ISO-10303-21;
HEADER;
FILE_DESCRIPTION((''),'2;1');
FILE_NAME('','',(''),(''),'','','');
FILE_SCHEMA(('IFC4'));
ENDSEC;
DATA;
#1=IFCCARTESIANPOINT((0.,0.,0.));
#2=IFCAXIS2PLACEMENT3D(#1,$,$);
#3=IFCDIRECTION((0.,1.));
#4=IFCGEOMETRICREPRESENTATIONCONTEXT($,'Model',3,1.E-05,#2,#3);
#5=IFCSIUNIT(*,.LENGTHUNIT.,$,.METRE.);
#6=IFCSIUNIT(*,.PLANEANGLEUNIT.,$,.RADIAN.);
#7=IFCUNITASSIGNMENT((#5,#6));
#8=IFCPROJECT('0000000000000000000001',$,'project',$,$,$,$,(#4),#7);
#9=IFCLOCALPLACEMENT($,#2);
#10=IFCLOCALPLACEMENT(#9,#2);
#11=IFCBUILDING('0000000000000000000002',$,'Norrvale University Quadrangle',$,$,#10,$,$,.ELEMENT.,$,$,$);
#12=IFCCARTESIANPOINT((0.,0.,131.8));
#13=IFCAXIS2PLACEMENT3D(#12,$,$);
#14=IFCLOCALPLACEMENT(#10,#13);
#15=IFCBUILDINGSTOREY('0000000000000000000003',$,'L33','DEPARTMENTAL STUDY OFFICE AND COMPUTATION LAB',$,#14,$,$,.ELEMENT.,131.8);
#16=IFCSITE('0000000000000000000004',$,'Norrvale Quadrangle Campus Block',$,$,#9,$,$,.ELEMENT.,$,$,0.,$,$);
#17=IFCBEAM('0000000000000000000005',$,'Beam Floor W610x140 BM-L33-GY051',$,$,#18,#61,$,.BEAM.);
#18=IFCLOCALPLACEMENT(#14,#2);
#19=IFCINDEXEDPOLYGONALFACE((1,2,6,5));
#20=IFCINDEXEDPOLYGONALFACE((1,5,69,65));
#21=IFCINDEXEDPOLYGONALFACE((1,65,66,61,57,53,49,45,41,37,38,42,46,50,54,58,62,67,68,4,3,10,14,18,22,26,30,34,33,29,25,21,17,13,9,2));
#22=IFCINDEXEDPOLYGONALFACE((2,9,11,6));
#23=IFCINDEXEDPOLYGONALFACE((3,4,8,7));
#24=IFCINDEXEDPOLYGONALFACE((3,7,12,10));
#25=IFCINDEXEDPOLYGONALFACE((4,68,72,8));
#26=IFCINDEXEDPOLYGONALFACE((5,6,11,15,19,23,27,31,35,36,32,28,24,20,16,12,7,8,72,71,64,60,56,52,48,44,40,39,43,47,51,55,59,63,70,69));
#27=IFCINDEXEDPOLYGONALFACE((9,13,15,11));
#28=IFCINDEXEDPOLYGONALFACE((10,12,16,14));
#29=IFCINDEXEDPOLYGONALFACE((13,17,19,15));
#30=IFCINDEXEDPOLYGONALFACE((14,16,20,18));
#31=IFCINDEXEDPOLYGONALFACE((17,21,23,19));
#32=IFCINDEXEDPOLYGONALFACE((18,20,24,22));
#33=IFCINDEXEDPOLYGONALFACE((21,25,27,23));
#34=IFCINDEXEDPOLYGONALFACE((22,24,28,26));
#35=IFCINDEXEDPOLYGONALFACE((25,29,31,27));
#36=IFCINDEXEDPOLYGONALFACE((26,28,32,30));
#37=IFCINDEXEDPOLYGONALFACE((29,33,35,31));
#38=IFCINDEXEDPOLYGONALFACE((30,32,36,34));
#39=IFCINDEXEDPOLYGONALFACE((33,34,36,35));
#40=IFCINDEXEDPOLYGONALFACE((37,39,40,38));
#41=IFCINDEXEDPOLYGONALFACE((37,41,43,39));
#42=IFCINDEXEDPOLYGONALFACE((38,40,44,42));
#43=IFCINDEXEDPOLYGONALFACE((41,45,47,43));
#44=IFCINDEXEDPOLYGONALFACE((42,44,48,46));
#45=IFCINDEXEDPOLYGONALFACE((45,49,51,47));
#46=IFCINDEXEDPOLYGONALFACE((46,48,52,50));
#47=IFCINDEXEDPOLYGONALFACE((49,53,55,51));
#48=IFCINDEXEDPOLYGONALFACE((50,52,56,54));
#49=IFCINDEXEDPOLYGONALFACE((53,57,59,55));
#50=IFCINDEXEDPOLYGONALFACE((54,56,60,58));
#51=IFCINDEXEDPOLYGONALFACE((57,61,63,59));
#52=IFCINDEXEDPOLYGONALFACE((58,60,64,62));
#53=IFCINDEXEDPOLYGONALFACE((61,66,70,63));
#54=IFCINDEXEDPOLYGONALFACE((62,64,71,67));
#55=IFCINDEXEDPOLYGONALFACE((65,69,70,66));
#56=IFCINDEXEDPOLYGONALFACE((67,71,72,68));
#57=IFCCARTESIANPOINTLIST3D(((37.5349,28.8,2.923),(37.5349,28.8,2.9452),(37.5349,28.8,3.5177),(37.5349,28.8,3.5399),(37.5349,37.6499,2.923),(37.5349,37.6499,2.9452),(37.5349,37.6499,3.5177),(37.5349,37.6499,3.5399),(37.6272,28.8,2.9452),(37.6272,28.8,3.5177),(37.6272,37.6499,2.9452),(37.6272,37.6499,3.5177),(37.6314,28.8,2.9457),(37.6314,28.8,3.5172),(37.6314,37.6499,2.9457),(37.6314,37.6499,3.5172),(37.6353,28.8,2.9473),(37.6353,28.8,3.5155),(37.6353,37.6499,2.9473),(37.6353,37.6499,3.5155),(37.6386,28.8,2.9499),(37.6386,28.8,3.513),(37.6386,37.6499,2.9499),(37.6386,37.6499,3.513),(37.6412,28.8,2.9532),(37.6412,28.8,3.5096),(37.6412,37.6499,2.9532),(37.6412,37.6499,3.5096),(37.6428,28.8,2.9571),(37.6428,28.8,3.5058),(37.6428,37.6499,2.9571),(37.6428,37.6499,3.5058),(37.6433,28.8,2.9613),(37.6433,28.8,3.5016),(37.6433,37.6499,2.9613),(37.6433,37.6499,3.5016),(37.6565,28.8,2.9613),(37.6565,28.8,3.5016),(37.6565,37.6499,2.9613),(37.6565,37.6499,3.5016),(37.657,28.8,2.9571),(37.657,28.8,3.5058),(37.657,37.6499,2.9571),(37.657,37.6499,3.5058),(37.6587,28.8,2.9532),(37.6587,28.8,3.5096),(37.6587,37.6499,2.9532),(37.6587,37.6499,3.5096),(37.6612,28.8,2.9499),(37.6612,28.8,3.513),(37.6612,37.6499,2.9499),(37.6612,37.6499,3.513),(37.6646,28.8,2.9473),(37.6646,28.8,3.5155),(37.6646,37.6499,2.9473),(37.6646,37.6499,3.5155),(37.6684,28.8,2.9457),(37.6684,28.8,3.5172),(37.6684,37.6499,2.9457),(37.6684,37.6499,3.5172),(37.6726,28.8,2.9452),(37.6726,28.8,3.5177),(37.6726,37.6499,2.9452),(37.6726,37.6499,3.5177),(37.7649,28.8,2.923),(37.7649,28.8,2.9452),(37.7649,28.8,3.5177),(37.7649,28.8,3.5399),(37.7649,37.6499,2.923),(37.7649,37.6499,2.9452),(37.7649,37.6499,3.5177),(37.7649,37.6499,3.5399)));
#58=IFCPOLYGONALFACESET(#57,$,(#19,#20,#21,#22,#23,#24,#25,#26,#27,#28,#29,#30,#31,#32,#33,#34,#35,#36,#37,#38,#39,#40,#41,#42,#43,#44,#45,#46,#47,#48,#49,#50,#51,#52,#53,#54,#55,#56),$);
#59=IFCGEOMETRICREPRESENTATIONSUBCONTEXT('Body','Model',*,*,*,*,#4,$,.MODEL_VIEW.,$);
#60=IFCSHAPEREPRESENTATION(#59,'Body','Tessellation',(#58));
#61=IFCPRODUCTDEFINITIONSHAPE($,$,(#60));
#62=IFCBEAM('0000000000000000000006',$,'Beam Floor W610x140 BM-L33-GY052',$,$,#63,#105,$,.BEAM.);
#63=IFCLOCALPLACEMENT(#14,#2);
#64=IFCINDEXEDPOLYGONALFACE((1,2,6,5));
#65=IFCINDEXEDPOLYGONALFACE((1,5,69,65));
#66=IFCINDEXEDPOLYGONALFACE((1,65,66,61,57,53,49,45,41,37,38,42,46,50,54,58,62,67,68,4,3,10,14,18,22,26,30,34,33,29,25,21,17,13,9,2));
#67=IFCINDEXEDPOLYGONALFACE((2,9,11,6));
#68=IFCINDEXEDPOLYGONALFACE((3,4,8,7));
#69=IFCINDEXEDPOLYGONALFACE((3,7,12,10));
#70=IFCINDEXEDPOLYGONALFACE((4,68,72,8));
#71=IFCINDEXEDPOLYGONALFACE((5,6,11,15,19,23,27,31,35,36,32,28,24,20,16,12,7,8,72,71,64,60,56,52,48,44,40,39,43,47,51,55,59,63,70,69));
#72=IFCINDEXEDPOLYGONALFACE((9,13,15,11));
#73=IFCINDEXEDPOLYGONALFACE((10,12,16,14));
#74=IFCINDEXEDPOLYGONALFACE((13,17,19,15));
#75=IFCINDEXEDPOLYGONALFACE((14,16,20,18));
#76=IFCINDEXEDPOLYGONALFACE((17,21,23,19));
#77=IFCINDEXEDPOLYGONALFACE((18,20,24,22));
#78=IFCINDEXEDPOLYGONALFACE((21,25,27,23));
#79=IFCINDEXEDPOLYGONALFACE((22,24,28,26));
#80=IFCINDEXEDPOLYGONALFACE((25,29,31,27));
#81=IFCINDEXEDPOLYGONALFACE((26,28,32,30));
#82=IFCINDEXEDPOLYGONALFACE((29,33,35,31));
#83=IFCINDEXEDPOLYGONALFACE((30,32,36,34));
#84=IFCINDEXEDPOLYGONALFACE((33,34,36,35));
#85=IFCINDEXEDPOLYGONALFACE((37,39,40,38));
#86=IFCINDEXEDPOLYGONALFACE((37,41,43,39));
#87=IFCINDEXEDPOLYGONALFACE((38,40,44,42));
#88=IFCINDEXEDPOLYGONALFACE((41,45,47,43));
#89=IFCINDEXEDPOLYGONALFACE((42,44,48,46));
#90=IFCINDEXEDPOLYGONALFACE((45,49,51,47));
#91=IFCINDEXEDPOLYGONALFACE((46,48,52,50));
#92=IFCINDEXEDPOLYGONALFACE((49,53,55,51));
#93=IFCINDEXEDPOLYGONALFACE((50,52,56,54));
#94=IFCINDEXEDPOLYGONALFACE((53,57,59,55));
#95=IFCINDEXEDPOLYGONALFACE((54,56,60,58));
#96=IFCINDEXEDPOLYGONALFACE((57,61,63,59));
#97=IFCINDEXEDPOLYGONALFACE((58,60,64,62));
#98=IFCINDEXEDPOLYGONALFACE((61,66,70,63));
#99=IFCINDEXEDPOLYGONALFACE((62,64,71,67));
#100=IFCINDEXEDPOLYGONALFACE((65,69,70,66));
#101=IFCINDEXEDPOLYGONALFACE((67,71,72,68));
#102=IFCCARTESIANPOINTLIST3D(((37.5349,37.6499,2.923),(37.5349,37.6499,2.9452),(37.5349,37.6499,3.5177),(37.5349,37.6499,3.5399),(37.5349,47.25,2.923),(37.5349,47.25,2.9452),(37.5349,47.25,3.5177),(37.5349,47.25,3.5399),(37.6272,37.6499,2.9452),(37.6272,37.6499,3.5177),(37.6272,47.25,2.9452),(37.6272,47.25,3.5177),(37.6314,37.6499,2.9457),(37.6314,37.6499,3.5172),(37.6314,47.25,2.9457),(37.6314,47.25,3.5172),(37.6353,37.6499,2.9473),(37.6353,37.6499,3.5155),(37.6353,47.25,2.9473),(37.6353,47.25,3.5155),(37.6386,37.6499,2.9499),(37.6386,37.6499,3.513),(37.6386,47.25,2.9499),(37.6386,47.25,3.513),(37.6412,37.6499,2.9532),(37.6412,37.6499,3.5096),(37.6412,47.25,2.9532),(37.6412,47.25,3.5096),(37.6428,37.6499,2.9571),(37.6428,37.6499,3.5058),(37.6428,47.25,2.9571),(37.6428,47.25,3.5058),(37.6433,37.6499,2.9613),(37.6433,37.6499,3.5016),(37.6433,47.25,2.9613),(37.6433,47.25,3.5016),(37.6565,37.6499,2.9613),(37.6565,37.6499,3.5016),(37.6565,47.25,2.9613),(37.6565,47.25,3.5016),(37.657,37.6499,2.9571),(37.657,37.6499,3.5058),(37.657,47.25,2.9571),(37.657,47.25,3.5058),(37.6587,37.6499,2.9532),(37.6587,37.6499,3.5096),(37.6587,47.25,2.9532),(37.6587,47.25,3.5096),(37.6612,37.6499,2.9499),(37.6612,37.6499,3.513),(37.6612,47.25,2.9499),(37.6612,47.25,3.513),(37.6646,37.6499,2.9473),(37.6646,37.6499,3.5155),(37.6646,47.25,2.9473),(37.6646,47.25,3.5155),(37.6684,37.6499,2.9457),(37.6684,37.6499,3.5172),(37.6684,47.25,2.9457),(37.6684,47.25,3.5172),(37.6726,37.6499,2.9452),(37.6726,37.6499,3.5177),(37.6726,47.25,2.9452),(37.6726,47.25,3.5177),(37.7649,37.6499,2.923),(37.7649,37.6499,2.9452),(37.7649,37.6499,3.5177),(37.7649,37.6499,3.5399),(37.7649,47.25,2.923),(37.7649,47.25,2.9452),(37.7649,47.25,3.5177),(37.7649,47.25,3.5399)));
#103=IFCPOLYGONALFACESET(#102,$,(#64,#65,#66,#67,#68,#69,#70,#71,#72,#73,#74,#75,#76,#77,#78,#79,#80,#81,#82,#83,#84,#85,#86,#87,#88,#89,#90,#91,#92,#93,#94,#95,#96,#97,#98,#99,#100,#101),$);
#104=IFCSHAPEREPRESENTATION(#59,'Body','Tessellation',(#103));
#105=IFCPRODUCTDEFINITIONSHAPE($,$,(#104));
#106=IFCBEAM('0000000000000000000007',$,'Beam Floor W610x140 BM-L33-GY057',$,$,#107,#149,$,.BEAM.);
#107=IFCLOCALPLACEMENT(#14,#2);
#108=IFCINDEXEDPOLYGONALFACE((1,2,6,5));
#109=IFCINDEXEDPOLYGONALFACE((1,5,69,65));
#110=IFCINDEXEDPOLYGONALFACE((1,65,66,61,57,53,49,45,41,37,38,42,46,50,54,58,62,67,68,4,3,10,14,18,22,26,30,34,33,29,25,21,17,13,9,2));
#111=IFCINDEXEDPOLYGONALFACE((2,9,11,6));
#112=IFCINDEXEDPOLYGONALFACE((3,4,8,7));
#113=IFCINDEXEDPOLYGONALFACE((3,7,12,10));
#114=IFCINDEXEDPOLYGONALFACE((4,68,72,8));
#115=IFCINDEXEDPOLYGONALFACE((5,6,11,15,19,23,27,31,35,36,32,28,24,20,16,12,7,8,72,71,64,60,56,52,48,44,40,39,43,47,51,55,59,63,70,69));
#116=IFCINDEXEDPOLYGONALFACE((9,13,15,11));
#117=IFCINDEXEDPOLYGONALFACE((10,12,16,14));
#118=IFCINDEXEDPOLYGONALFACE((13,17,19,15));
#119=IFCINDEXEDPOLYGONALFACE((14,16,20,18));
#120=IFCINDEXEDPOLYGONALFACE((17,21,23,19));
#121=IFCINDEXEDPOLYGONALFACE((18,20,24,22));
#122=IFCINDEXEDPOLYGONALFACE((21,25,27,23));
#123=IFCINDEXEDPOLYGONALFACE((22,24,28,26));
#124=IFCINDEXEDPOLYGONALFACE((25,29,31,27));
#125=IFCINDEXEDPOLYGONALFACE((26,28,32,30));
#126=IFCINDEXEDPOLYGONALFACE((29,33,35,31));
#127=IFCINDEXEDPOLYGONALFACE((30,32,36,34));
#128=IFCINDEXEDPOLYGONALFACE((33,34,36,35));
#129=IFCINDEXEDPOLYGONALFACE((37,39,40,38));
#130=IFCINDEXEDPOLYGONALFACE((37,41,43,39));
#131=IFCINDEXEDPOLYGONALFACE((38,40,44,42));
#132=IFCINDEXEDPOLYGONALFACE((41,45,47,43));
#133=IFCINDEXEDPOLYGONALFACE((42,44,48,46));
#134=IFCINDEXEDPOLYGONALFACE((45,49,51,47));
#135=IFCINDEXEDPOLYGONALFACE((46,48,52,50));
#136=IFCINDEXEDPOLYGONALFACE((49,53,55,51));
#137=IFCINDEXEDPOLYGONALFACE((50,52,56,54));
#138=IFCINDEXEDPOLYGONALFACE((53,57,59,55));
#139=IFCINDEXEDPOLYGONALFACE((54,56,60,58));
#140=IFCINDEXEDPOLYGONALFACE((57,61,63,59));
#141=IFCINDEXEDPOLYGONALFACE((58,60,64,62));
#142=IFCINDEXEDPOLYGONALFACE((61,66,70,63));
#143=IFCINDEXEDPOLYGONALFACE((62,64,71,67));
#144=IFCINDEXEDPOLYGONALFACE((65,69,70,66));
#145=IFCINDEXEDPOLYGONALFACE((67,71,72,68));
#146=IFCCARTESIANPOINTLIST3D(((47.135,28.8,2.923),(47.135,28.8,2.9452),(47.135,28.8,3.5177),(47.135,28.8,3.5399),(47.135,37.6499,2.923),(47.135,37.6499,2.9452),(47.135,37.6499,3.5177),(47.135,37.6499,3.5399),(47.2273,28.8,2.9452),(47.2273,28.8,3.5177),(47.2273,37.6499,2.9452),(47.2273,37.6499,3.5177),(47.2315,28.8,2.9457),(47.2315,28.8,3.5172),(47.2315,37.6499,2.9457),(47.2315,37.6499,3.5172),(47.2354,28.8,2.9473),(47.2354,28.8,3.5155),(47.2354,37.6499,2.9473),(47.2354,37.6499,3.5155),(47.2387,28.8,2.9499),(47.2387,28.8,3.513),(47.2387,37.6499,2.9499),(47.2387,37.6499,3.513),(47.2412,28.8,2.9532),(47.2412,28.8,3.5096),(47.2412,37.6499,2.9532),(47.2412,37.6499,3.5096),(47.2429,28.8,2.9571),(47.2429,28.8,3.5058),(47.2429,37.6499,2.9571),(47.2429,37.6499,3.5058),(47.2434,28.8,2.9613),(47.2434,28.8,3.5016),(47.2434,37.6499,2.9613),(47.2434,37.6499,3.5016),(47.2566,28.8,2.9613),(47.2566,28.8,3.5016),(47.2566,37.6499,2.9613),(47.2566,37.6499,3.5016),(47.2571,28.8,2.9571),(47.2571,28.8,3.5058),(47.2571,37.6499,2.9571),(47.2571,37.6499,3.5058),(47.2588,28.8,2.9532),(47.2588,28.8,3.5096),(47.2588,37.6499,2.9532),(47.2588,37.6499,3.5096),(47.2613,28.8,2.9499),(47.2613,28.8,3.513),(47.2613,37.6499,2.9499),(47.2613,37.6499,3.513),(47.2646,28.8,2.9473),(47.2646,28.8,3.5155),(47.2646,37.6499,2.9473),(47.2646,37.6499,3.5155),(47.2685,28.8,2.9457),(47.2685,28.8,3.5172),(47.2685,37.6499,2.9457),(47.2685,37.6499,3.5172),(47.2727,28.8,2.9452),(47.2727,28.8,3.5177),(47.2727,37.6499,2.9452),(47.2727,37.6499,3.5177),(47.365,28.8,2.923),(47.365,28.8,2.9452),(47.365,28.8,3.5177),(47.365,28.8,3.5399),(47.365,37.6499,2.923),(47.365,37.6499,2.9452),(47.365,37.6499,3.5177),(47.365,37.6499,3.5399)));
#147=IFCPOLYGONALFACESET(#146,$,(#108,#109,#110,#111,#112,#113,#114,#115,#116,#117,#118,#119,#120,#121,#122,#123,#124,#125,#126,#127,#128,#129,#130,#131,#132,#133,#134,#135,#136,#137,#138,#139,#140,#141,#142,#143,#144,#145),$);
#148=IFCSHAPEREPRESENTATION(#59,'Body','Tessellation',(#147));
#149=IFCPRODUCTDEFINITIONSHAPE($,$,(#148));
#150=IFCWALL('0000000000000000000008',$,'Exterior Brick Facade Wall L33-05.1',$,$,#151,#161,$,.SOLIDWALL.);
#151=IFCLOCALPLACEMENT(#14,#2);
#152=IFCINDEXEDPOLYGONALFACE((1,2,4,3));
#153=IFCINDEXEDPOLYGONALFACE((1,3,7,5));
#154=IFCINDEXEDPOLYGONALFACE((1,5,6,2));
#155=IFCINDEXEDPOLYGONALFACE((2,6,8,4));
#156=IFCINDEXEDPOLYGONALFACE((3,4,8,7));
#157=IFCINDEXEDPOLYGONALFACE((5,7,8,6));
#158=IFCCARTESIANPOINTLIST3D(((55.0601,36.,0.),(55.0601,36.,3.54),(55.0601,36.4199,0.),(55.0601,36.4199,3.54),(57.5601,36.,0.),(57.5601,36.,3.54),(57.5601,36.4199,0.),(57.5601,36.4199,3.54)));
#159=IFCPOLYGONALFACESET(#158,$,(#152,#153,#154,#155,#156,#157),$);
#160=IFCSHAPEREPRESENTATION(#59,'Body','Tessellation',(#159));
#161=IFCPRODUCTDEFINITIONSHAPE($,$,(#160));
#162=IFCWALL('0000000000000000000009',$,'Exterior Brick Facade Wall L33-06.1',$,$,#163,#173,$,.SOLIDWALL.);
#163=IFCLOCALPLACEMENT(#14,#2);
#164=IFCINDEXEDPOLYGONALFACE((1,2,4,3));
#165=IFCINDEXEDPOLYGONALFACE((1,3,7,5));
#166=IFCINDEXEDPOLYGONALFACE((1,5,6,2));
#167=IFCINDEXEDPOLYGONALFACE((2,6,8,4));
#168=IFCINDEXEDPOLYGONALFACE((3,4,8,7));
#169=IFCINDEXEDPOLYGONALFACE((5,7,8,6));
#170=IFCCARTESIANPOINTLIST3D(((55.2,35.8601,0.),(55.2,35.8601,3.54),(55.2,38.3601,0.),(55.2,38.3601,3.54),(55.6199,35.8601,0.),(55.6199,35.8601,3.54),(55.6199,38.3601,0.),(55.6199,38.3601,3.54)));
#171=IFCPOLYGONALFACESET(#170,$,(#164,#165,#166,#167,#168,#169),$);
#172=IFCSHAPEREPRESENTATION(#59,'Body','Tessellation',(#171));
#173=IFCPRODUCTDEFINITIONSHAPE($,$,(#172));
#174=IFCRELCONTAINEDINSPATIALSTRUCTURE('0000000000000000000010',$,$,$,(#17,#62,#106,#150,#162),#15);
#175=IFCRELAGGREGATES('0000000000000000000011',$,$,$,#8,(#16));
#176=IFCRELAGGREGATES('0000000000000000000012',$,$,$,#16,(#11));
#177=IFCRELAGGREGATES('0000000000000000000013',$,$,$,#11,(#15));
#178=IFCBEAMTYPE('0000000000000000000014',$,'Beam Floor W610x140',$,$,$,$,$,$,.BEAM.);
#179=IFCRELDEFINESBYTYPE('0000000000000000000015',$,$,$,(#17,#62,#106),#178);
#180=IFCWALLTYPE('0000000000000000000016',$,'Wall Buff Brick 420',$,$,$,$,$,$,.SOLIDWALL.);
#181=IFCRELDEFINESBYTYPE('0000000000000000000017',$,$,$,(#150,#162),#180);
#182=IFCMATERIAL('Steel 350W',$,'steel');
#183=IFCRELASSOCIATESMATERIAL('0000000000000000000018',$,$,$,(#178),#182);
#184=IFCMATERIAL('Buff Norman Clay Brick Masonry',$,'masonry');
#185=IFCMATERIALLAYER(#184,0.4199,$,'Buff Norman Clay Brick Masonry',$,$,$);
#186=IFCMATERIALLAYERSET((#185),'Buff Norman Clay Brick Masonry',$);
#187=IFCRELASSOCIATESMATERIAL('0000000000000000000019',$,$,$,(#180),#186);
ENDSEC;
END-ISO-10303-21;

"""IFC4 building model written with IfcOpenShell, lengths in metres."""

from ifc_helpers import new_model, si_unit, direction, frame, frame_2d, origin, origin_2d, place, context, subcontext, project, spatial, rectangle, i_section, extrude, material, layer, layer_set, material_profile, profile_set, type_object, element, save


model = new_model("IFC4")

# Units and contexts
model_context = context("Model", 3, precision=1e-05, world=origin(), true_north=direction((0.0, 1.0)))
body_context = subcontext(model_context, "Body", "Model", "MODEL_VIEW")
ifc_project = project(units=[si_unit("LENGTHUNIT", "METRE"), si_unit("PLANEANGLEUNIT", "RADIAN")], contexts=[model_context])

# Site, building, storey
site_placement = place(None, origin())
site = spatial("IfcSite", under=ifc_project, at=site_placement, Name="Norrvale Quadrangle Campus Block", CompositionType="ELEMENT", RefElevation=0.0)
building_placement = place(site_placement, origin())
building = spatial("IfcBuilding", under=site, at=building_placement, Name="Norrvale University Quadrangle", CompositionType="ELEMENT")
storey_placement = place(building_placement, frame((0.0, 0.0, 131.8)))
storey = spatial("IfcBuildingStorey", under=building, at=storey_placement, Name="L33", Description="DEPARTMENTAL STUDY OFFICE AND COMPUTATION LAB", CompositionType="ELEMENT", Elevation=131.8)

# Beams
ifc_material_1 = material(Name="Steel 350W", Category="steel")
ifc_material_profile_1 = material_profile(ifc_material_1, i_section(OverallWidth=0.23, OverallDepth=0.6169, WebThickness=0.0132, FlangeThickness=0.0222, FilletRadius=0.0161, at=origin_2d()), Name="Steel 350W")
ifc_profile_set_1 = profile_set([ifc_material_profile_1], Name="Steel 350W")
beam_type_1 = type_object("IfcBeamType", Name="Beam Floor W610x140", PredefinedType="BEAM", material=ifc_profile_set_1)
beam_1_placement = place(storey_placement, frame((37.6499, 28.8, 3.2314), z_axis=(0.0, 1.0, 0.0), x_axis=(-1.0, 0.0, 0.0)))
element("IfcBeam", 1, at=beam_1_placement, inside=storey, type_object=beam_type_1, Name="Beam Floor W610x140 BM-L33-GY051", PredefinedType="BEAM", context=body_context, shape_type="SweptSolid", body=[
    extrude(i_section(OverallWidth=0.23, OverallDepth=0.6169, WebThickness=0.0132, FlangeThickness=0.0222, FilletRadius=0.0161, at=origin_2d()), origin(), (0.0, 0.0, 1.0), 8.8499),
])
beam_2_placement = place(storey_placement, frame((37.6499, 37.6499, 3.2314), z_axis=(0.0, 1.0, 0.0), x_axis=(-1.0, 0.0, 0.0)))
element("IfcBeam", 2, at=beam_2_placement, inside=storey, type_object=beam_type_1, Name="Beam Floor W610x140 BM-L33-GY052", PredefinedType="BEAM", context=body_context, shape_type="SweptSolid", body=[
    extrude(i_section(OverallWidth=0.23, OverallDepth=0.6169, WebThickness=0.0132, FlangeThickness=0.0222, FilletRadius=0.0161, at=origin_2d()), origin(), (0.0, 0.0, 1.0), 9.6001),
])
beam_3_placement = place(storey_placement, frame((47.25, 28.8, 3.2314), z_axis=(0.0, 1.0, 0.0), x_axis=(-1.0, 0.0, 0.0)))
element("IfcBeam", 3, at=beam_3_placement, inside=storey, type_object=beam_type_1, Name="Beam Floor W610x140 BM-L33-GY057", PredefinedType="BEAM", context=body_context, shape_type="SweptSolid", body=[
    extrude(i_section(OverallWidth=0.23, OverallDepth=0.6169, WebThickness=0.0132, FlangeThickness=0.0222, FilletRadius=0.0161, at=origin_2d()), origin(), (0.0, 0.0, 1.0), 8.8499),
])

# Walls
ifc_material_2 = material(Name="Buff Norman Clay Brick Masonry", Category="masonry")
ifc_layer = layer(ifc_material_2, 0.4199, Name="Buff Norman Clay Brick Masonry")
ifc_layer_set = layer_set([ifc_layer], Name="Buff Norman Clay Brick Masonry")
wall_type = type_object("IfcWallType", Name="Wall Buff Brick 420", PredefinedType="SOLIDWALL", material=ifc_layer_set)
for number, where, z_axis, x_axis, name in (
    (4, (57.5601, 36.21, 0.0), (0.0, 0.0, 1.0), (-1.0, 0.0, 0.0), "Exterior Brick Facade Wall L33-05.1"),
    (5, (55.4099, 35.8601, 0.0), (0.0, 0.0, 1.0), (0.0, 1.0, 0.0), "Exterior Brick Facade Wall L33-06.1"),
):
    element("IfcWall", number, at=place(storey_placement, frame(where, z_axis=z_axis, x_axis=x_axis)), inside=storey, type_object=wall_type, Name=name, PredefinedType="SOLIDWALL", context=body_context, shape_type="SweptSolid", body=[
        extrude(rectangle(XDim=2.5, YDim=0.4199, at=frame_2d((1.25, 0.0))), origin(), (0.0, 0.0, 1.0), 3.54),
    ])

save(model, "model.ifc")
